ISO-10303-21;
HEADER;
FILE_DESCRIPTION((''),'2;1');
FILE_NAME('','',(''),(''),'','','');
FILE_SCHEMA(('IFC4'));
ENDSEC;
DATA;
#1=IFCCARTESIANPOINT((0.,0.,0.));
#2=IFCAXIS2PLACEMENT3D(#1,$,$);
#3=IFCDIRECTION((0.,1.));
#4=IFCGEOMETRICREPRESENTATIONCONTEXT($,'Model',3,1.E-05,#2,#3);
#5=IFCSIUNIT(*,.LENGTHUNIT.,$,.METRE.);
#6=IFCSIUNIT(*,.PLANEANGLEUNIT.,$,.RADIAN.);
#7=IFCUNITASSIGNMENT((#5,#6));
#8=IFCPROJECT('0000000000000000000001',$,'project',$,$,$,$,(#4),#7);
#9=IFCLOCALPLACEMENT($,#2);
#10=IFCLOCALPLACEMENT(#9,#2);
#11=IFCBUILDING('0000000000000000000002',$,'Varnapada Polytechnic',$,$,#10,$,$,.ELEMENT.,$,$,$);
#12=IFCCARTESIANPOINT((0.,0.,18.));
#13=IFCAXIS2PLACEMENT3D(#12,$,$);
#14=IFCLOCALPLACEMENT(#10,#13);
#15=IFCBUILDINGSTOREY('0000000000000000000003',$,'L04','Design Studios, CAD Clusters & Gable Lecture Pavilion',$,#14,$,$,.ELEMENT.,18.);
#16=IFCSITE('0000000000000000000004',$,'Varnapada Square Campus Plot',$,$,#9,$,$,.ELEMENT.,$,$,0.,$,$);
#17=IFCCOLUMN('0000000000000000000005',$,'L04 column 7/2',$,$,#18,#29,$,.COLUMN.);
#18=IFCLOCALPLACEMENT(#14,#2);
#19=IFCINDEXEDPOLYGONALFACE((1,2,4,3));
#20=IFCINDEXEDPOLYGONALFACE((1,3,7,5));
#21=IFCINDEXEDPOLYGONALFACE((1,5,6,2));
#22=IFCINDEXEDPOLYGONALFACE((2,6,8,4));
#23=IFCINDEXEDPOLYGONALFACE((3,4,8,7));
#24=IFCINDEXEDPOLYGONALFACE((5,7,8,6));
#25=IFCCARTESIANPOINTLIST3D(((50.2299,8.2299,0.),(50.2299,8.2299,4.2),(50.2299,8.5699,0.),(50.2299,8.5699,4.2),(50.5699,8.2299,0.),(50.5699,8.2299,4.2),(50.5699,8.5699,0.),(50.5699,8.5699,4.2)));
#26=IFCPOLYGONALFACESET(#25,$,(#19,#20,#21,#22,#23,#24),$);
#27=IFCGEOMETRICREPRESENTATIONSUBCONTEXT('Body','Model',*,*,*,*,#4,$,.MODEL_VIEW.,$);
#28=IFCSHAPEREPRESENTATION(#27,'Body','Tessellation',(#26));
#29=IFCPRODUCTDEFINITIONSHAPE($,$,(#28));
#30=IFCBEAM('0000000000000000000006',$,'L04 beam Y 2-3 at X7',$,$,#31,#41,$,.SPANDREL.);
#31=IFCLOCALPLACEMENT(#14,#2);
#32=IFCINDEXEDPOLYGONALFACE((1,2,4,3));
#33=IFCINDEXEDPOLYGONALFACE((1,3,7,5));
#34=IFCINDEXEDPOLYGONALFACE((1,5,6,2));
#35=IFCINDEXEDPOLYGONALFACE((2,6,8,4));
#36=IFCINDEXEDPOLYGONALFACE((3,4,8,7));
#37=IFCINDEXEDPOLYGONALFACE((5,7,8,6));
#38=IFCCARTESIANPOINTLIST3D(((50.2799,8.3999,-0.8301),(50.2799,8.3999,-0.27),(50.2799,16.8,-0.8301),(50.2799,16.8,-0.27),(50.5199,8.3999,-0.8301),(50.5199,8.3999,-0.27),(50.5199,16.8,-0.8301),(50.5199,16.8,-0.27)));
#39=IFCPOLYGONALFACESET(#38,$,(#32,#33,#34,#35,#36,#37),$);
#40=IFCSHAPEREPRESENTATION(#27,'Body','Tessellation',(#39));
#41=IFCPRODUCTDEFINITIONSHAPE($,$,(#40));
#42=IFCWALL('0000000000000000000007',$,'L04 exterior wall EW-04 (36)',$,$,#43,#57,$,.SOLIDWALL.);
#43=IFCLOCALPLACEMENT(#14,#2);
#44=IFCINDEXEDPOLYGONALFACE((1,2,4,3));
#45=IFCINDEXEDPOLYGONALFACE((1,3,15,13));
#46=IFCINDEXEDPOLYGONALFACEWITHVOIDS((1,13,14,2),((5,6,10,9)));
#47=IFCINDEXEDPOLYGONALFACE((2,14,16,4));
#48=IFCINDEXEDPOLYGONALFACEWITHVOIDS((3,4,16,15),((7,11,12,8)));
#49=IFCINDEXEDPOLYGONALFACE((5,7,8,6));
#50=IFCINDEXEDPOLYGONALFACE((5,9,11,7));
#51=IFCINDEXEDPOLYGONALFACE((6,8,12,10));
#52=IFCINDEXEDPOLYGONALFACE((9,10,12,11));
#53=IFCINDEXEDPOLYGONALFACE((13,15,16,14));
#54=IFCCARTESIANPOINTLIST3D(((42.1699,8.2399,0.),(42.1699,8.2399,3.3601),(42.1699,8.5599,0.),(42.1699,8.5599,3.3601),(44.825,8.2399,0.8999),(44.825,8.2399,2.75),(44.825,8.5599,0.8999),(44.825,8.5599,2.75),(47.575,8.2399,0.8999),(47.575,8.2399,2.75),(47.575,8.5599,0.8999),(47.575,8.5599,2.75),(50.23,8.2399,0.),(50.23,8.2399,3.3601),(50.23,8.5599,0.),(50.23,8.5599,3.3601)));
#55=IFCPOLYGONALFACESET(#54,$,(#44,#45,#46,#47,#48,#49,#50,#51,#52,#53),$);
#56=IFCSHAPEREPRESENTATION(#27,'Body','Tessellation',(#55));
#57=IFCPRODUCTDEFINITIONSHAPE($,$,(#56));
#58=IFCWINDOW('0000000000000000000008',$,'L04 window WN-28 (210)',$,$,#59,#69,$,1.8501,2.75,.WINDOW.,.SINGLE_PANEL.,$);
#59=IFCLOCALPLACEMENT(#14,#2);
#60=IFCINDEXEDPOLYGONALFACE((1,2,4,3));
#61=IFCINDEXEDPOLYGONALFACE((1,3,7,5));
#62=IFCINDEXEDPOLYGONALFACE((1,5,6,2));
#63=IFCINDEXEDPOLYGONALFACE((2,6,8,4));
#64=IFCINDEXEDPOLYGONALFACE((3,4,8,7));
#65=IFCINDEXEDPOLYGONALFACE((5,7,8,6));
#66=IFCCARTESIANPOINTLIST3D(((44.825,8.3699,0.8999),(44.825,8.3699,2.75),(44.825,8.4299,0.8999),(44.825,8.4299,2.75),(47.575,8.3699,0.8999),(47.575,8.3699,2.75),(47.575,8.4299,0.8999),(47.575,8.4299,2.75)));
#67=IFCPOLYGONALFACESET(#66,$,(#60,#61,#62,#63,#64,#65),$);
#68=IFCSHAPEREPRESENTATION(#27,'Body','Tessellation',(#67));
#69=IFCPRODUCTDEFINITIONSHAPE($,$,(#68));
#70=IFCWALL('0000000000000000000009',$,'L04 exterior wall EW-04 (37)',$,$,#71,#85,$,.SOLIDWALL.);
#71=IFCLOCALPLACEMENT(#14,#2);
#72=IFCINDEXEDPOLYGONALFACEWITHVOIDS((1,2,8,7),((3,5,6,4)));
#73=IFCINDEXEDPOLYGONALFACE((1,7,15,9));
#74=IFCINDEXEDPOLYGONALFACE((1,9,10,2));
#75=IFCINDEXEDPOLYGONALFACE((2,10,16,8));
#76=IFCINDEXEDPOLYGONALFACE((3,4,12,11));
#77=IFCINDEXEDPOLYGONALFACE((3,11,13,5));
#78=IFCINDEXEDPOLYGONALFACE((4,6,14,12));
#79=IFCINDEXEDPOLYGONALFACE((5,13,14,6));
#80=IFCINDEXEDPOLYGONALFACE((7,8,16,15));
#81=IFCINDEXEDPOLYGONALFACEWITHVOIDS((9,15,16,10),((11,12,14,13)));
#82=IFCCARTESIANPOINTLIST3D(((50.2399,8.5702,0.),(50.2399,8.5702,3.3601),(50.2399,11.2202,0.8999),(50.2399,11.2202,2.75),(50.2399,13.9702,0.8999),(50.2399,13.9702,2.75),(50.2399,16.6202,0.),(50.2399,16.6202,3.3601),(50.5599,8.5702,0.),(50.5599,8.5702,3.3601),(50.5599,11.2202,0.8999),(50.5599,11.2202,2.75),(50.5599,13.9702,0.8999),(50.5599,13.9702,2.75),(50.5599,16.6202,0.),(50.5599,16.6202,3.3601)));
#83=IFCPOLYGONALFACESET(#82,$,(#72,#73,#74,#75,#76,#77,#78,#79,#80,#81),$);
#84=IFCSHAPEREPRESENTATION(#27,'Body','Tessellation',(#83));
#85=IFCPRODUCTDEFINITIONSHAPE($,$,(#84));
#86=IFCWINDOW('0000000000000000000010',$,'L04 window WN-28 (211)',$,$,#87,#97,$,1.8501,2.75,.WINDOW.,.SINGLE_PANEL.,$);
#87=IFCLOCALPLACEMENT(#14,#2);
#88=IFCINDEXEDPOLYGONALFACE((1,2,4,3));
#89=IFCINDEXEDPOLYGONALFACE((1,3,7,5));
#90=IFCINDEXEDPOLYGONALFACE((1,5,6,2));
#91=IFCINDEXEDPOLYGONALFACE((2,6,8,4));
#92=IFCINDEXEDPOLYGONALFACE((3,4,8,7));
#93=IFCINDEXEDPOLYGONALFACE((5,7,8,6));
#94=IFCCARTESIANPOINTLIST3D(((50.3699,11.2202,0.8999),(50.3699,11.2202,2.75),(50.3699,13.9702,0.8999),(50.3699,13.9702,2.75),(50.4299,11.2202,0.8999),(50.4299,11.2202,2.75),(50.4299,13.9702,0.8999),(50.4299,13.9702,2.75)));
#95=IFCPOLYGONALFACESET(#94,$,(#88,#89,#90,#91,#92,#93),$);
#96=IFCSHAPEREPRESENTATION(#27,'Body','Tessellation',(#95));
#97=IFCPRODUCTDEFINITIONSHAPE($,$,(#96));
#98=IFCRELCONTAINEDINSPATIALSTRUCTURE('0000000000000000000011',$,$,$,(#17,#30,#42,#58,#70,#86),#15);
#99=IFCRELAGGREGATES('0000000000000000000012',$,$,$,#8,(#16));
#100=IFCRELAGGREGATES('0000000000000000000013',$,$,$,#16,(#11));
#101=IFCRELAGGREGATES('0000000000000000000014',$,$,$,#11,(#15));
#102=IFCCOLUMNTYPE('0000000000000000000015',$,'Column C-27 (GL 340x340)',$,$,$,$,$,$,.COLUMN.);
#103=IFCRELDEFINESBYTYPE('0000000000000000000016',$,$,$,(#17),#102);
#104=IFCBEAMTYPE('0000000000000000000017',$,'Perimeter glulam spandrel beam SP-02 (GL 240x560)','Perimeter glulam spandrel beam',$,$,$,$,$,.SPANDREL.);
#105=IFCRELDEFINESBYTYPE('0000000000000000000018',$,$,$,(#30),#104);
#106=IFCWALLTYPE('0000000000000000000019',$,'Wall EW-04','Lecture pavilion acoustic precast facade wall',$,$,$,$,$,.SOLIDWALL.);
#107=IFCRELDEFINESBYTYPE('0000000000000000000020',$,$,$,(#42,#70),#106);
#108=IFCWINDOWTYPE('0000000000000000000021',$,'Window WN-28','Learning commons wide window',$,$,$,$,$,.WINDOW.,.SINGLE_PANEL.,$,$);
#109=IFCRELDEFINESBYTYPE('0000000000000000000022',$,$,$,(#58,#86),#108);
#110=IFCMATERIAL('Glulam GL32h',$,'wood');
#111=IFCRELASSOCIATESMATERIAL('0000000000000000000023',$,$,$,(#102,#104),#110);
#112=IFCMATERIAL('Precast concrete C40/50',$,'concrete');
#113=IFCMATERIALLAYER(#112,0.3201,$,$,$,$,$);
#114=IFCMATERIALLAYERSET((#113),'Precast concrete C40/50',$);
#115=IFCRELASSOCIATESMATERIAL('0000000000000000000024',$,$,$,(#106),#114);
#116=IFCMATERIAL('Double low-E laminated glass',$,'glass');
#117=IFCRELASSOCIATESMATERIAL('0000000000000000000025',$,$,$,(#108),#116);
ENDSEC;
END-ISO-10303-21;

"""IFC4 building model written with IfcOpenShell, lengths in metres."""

from ifc_helpers import new_model, si_unit, direction, frame, frame_2d, origin, origin_2d, place, context, subcontext, project, spatial, rectangle, extrude, material, layer, layer_set, material_profile, profile_set, type_object, element, fill, save


model = new_model("IFC4")

# Units and contexts
model_context = context("Model", 3, precision=1e-05, world=origin(), true_north=direction((0.0, 1.0)))
body_context = subcontext(model_context, "Body", "Model", "MODEL_VIEW")
ifc_project = project(units=[si_unit("LENGTHUNIT", "METRE"), si_unit("PLANEANGLEUNIT", "RADIAN")], contexts=[model_context])

# Site, building, storey
site_placement = place(None, origin())
site = spatial("IfcSite", under=ifc_project, at=site_placement, Name="Varnapada Square Campus Plot", CompositionType="ELEMENT", RefElevation=0.0)
building_placement = place(site_placement, origin())
building = spatial("IfcBuilding", under=site, at=building_placement, Name="Varnapada Polytechnic", CompositionType="ELEMENT")
storey_placement = place(building_placement, frame((0.0, 0.0, 18.0)))
storey = spatial("IfcBuildingStorey", under=building, at=storey_placement, Name="L04", Description="Design Studios, CAD Clusters & Gable Lecture Pavilion", CompositionType="ELEMENT", Elevation=18.0)

# Column
ifc_material_1 = material(Name="Glulam GL32h", Category="wood")
ifc_material_profile_1 = material_profile(ifc_material_1, rectangle(XDim=0.3401, YDim=0.3401, at=origin_2d()), Name="GL 340x340")
ifc_profile_set_1 = profile_set([ifc_material_profile_1], Name="Glulam GL32h")
column_type = type_object("IfcColumnType", Name="Column C-27 (GL 340x340)", PredefinedType="COLUMN", material=ifc_profile_set_1)
column_placement = place(storey_placement, frame((50.3999, 8.3999, 0.0), z_axis=(0.0, 0.0, 1.0), x_axis=(1.0, 0.0, 0.0)))
element("IfcColumn", 1, at=column_placement, inside=storey, type_object=column_type, Name="L04 column 7/2", PredefinedType="COLUMN", context=body_context, shape_type="SweptSolid", body=[
    extrude(rectangle(XDim=0.3401, YDim=0.3401, at=origin_2d()), origin(), (0.0, 0.0, 1.0), 4.2),
])

# Beam
ifc_material_profile_2 = material_profile(ifc_material_1, rectangle(XDim=0.24, YDim=0.5601, at=origin_2d()), Name="GL 240x560")
ifc_profile_set_2 = profile_set([ifc_material_profile_2], Name="Glulam GL32h")
beam_type = type_object("IfcBeamType", Name="Perimeter glulam spandrel beam SP-02 (GL 240x560)", Description="Perimeter glulam spandrel beam", PredefinedType="SPANDREL", material=ifc_profile_set_2)
beam_placement = place(storey_placement, frame((50.3999, 8.3999, -0.55), z_axis=(0.0, 1.0, 0.0), x_axis=(-1.0, 0.0, 0.0)))
element("IfcBeam", 2, at=beam_placement, inside=storey, type_object=beam_type, Name="L04 beam Y 2-3 at X7", PredefinedType="SPANDREL", context=body_context, shape_type="SweptSolid", body=[
    extrude(rectangle(XDim=0.24, YDim=0.5601, at=origin_2d()), origin(), (0.0, 0.0, 1.0), 8.4001),
])

# Walls, openings, windows
ifc_material_2 = material(Name="Precast concrete C40/50", Category="concrete")
ifc_layer_1 = layer(ifc_material_2, 0.3201)
ifc_layer_set_1 = layer_set([ifc_layer_1], Name="Precast concrete C40/50")
wall_type = type_object("IfcWallType", Name="Wall EW-04", Description="Lecture pavilion acoustic precast facade wall", PredefinedType="SOLIDWALL", material=ifc_layer_set_1)
wall_1_placement = place(storey_placement, frame((50.23, 8.3999, 0.0), z_axis=(0.0, 0.0, 1.0), x_axis=(-1.0, 0.0, 0.0)))
wall_1 = element("IfcWall", 3, at=wall_1_placement, inside=storey, type_object=wall_type, Name="L04 exterior wall EW-04 (36)", PredefinedType="SOLIDWALL", context=body_context, shape_type="SweptSolid", body=[
    extrude(rectangle(XDim=8.0601, YDim=0.3201, at=frame_2d((4.03, 0.0))), origin(), (0.0, 0.0, 1.0), 3.3601),
])
opening_1_placement = place(wall_1_placement, frame((2.655, 0.0, 0.8999)))
opening_1 = element("IfcOpeningElement", 4, at=opening_1_placement, cuts=wall_1, PredefinedType="OPENING", context=body_context, shape_type="SweptSolid", body=[
    extrude(rectangle(XDim=2.75, YDim=1.8501, at=frame_2d((1.375, 0.925))), frame((0.0, 0.1699, 0.0), z_axis=(0.0, -1.0, 0.0), x_axis=(1.0, 0.0, 0.0)), (0.0, 0.0, 1.0), 0.3401),
])
ifc_material_3 = material(Name="Double low-E laminated glass", Category="glass")
window_type = type_object("IfcWindowType", Name="Window WN-28", Description="Learning commons wide window", PartitioningType="SINGLE_PANEL", PredefinedType="WINDOW", material=ifc_material_3)
window_1_placement = place(opening_1_placement, origin())
window_1 = element("IfcWindow", 5, at=window_1_placement, inside=storey, type_object=window_type, Name="L04 window WN-28 (210)", OverallHeight=1.8501, OverallWidth=2.75, PartitioningType="SINGLE_PANEL", PredefinedType="WINDOW", context=body_context, shape_type="SweptSolid", body=[
    extrude(rectangle(XDim=2.75, YDim=1.8501, at=frame_2d((1.375, 0.925))), frame((0.0, 0.03, 0.0), z_axis=(0.0, -1.0, 0.0), x_axis=(1.0, 0.0, 0.0)), (0.0, 0.0, 1.0), 0.0601),
])
fill(opening_1, window_1)
wall_2_placement = place(storey_placement, frame((50.3999, 16.6201, 0.0), z_axis=(0.0, 0.0, 1.0), x_axis=(0.0, -1.0, 0.0)))
wall_2 = element("IfcWall", 6, at=wall_2_placement, inside=storey, type_object=wall_type, Name="L04 exterior wall EW-04 (37)", PredefinedType="SOLIDWALL", context=body_context, shape_type="SweptSolid", body=[
    extrude(rectangle(XDim=8.05, YDim=0.3201, at=frame_2d((4.0249, 0.0))), origin(), (0.0, 0.0, 1.0), 3.3601),
])
opening_2_placement = place(wall_2_placement, frame((2.6499, 0.0, 0.8999)))
opening_2 = element("IfcOpeningElement", 7, at=opening_2_placement, cuts=wall_2, PredefinedType="OPENING", context=body_context, shape_type="SweptSolid", body=[
    extrude(rectangle(XDim=2.75, YDim=1.8501, at=frame_2d((1.375, 0.925))), frame((0.0, 0.1699, 0.0), z_axis=(0.0, -1.0, 0.0), x_axis=(1.0, 0.0, 0.0)), (0.0, 0.0, 1.0), 0.3401),
])
window_2_placement = place(opening_2_placement, origin())
window_2 = element("IfcWindow", 8, at=window_2_placement, inside=storey, type_object=window_type, Name="L04 window WN-28 (211)", OverallHeight=1.8501, OverallWidth=2.75, PartitioningType="SINGLE_PANEL", PredefinedType="WINDOW", context=body_context, shape_type="SweptSolid", body=[
    extrude(rectangle(XDim=2.75, YDim=1.8501, at=frame_2d((1.375, 0.925))), frame((0.0, 0.03, 0.0), z_axis=(0.0, -1.0, 0.0), x_axis=(1.0, 0.0, 0.0)), (0.0, 0.0, 1.0), 0.0601),
])
fill(opening_2, window_2)

save(model, "model.ifc")
